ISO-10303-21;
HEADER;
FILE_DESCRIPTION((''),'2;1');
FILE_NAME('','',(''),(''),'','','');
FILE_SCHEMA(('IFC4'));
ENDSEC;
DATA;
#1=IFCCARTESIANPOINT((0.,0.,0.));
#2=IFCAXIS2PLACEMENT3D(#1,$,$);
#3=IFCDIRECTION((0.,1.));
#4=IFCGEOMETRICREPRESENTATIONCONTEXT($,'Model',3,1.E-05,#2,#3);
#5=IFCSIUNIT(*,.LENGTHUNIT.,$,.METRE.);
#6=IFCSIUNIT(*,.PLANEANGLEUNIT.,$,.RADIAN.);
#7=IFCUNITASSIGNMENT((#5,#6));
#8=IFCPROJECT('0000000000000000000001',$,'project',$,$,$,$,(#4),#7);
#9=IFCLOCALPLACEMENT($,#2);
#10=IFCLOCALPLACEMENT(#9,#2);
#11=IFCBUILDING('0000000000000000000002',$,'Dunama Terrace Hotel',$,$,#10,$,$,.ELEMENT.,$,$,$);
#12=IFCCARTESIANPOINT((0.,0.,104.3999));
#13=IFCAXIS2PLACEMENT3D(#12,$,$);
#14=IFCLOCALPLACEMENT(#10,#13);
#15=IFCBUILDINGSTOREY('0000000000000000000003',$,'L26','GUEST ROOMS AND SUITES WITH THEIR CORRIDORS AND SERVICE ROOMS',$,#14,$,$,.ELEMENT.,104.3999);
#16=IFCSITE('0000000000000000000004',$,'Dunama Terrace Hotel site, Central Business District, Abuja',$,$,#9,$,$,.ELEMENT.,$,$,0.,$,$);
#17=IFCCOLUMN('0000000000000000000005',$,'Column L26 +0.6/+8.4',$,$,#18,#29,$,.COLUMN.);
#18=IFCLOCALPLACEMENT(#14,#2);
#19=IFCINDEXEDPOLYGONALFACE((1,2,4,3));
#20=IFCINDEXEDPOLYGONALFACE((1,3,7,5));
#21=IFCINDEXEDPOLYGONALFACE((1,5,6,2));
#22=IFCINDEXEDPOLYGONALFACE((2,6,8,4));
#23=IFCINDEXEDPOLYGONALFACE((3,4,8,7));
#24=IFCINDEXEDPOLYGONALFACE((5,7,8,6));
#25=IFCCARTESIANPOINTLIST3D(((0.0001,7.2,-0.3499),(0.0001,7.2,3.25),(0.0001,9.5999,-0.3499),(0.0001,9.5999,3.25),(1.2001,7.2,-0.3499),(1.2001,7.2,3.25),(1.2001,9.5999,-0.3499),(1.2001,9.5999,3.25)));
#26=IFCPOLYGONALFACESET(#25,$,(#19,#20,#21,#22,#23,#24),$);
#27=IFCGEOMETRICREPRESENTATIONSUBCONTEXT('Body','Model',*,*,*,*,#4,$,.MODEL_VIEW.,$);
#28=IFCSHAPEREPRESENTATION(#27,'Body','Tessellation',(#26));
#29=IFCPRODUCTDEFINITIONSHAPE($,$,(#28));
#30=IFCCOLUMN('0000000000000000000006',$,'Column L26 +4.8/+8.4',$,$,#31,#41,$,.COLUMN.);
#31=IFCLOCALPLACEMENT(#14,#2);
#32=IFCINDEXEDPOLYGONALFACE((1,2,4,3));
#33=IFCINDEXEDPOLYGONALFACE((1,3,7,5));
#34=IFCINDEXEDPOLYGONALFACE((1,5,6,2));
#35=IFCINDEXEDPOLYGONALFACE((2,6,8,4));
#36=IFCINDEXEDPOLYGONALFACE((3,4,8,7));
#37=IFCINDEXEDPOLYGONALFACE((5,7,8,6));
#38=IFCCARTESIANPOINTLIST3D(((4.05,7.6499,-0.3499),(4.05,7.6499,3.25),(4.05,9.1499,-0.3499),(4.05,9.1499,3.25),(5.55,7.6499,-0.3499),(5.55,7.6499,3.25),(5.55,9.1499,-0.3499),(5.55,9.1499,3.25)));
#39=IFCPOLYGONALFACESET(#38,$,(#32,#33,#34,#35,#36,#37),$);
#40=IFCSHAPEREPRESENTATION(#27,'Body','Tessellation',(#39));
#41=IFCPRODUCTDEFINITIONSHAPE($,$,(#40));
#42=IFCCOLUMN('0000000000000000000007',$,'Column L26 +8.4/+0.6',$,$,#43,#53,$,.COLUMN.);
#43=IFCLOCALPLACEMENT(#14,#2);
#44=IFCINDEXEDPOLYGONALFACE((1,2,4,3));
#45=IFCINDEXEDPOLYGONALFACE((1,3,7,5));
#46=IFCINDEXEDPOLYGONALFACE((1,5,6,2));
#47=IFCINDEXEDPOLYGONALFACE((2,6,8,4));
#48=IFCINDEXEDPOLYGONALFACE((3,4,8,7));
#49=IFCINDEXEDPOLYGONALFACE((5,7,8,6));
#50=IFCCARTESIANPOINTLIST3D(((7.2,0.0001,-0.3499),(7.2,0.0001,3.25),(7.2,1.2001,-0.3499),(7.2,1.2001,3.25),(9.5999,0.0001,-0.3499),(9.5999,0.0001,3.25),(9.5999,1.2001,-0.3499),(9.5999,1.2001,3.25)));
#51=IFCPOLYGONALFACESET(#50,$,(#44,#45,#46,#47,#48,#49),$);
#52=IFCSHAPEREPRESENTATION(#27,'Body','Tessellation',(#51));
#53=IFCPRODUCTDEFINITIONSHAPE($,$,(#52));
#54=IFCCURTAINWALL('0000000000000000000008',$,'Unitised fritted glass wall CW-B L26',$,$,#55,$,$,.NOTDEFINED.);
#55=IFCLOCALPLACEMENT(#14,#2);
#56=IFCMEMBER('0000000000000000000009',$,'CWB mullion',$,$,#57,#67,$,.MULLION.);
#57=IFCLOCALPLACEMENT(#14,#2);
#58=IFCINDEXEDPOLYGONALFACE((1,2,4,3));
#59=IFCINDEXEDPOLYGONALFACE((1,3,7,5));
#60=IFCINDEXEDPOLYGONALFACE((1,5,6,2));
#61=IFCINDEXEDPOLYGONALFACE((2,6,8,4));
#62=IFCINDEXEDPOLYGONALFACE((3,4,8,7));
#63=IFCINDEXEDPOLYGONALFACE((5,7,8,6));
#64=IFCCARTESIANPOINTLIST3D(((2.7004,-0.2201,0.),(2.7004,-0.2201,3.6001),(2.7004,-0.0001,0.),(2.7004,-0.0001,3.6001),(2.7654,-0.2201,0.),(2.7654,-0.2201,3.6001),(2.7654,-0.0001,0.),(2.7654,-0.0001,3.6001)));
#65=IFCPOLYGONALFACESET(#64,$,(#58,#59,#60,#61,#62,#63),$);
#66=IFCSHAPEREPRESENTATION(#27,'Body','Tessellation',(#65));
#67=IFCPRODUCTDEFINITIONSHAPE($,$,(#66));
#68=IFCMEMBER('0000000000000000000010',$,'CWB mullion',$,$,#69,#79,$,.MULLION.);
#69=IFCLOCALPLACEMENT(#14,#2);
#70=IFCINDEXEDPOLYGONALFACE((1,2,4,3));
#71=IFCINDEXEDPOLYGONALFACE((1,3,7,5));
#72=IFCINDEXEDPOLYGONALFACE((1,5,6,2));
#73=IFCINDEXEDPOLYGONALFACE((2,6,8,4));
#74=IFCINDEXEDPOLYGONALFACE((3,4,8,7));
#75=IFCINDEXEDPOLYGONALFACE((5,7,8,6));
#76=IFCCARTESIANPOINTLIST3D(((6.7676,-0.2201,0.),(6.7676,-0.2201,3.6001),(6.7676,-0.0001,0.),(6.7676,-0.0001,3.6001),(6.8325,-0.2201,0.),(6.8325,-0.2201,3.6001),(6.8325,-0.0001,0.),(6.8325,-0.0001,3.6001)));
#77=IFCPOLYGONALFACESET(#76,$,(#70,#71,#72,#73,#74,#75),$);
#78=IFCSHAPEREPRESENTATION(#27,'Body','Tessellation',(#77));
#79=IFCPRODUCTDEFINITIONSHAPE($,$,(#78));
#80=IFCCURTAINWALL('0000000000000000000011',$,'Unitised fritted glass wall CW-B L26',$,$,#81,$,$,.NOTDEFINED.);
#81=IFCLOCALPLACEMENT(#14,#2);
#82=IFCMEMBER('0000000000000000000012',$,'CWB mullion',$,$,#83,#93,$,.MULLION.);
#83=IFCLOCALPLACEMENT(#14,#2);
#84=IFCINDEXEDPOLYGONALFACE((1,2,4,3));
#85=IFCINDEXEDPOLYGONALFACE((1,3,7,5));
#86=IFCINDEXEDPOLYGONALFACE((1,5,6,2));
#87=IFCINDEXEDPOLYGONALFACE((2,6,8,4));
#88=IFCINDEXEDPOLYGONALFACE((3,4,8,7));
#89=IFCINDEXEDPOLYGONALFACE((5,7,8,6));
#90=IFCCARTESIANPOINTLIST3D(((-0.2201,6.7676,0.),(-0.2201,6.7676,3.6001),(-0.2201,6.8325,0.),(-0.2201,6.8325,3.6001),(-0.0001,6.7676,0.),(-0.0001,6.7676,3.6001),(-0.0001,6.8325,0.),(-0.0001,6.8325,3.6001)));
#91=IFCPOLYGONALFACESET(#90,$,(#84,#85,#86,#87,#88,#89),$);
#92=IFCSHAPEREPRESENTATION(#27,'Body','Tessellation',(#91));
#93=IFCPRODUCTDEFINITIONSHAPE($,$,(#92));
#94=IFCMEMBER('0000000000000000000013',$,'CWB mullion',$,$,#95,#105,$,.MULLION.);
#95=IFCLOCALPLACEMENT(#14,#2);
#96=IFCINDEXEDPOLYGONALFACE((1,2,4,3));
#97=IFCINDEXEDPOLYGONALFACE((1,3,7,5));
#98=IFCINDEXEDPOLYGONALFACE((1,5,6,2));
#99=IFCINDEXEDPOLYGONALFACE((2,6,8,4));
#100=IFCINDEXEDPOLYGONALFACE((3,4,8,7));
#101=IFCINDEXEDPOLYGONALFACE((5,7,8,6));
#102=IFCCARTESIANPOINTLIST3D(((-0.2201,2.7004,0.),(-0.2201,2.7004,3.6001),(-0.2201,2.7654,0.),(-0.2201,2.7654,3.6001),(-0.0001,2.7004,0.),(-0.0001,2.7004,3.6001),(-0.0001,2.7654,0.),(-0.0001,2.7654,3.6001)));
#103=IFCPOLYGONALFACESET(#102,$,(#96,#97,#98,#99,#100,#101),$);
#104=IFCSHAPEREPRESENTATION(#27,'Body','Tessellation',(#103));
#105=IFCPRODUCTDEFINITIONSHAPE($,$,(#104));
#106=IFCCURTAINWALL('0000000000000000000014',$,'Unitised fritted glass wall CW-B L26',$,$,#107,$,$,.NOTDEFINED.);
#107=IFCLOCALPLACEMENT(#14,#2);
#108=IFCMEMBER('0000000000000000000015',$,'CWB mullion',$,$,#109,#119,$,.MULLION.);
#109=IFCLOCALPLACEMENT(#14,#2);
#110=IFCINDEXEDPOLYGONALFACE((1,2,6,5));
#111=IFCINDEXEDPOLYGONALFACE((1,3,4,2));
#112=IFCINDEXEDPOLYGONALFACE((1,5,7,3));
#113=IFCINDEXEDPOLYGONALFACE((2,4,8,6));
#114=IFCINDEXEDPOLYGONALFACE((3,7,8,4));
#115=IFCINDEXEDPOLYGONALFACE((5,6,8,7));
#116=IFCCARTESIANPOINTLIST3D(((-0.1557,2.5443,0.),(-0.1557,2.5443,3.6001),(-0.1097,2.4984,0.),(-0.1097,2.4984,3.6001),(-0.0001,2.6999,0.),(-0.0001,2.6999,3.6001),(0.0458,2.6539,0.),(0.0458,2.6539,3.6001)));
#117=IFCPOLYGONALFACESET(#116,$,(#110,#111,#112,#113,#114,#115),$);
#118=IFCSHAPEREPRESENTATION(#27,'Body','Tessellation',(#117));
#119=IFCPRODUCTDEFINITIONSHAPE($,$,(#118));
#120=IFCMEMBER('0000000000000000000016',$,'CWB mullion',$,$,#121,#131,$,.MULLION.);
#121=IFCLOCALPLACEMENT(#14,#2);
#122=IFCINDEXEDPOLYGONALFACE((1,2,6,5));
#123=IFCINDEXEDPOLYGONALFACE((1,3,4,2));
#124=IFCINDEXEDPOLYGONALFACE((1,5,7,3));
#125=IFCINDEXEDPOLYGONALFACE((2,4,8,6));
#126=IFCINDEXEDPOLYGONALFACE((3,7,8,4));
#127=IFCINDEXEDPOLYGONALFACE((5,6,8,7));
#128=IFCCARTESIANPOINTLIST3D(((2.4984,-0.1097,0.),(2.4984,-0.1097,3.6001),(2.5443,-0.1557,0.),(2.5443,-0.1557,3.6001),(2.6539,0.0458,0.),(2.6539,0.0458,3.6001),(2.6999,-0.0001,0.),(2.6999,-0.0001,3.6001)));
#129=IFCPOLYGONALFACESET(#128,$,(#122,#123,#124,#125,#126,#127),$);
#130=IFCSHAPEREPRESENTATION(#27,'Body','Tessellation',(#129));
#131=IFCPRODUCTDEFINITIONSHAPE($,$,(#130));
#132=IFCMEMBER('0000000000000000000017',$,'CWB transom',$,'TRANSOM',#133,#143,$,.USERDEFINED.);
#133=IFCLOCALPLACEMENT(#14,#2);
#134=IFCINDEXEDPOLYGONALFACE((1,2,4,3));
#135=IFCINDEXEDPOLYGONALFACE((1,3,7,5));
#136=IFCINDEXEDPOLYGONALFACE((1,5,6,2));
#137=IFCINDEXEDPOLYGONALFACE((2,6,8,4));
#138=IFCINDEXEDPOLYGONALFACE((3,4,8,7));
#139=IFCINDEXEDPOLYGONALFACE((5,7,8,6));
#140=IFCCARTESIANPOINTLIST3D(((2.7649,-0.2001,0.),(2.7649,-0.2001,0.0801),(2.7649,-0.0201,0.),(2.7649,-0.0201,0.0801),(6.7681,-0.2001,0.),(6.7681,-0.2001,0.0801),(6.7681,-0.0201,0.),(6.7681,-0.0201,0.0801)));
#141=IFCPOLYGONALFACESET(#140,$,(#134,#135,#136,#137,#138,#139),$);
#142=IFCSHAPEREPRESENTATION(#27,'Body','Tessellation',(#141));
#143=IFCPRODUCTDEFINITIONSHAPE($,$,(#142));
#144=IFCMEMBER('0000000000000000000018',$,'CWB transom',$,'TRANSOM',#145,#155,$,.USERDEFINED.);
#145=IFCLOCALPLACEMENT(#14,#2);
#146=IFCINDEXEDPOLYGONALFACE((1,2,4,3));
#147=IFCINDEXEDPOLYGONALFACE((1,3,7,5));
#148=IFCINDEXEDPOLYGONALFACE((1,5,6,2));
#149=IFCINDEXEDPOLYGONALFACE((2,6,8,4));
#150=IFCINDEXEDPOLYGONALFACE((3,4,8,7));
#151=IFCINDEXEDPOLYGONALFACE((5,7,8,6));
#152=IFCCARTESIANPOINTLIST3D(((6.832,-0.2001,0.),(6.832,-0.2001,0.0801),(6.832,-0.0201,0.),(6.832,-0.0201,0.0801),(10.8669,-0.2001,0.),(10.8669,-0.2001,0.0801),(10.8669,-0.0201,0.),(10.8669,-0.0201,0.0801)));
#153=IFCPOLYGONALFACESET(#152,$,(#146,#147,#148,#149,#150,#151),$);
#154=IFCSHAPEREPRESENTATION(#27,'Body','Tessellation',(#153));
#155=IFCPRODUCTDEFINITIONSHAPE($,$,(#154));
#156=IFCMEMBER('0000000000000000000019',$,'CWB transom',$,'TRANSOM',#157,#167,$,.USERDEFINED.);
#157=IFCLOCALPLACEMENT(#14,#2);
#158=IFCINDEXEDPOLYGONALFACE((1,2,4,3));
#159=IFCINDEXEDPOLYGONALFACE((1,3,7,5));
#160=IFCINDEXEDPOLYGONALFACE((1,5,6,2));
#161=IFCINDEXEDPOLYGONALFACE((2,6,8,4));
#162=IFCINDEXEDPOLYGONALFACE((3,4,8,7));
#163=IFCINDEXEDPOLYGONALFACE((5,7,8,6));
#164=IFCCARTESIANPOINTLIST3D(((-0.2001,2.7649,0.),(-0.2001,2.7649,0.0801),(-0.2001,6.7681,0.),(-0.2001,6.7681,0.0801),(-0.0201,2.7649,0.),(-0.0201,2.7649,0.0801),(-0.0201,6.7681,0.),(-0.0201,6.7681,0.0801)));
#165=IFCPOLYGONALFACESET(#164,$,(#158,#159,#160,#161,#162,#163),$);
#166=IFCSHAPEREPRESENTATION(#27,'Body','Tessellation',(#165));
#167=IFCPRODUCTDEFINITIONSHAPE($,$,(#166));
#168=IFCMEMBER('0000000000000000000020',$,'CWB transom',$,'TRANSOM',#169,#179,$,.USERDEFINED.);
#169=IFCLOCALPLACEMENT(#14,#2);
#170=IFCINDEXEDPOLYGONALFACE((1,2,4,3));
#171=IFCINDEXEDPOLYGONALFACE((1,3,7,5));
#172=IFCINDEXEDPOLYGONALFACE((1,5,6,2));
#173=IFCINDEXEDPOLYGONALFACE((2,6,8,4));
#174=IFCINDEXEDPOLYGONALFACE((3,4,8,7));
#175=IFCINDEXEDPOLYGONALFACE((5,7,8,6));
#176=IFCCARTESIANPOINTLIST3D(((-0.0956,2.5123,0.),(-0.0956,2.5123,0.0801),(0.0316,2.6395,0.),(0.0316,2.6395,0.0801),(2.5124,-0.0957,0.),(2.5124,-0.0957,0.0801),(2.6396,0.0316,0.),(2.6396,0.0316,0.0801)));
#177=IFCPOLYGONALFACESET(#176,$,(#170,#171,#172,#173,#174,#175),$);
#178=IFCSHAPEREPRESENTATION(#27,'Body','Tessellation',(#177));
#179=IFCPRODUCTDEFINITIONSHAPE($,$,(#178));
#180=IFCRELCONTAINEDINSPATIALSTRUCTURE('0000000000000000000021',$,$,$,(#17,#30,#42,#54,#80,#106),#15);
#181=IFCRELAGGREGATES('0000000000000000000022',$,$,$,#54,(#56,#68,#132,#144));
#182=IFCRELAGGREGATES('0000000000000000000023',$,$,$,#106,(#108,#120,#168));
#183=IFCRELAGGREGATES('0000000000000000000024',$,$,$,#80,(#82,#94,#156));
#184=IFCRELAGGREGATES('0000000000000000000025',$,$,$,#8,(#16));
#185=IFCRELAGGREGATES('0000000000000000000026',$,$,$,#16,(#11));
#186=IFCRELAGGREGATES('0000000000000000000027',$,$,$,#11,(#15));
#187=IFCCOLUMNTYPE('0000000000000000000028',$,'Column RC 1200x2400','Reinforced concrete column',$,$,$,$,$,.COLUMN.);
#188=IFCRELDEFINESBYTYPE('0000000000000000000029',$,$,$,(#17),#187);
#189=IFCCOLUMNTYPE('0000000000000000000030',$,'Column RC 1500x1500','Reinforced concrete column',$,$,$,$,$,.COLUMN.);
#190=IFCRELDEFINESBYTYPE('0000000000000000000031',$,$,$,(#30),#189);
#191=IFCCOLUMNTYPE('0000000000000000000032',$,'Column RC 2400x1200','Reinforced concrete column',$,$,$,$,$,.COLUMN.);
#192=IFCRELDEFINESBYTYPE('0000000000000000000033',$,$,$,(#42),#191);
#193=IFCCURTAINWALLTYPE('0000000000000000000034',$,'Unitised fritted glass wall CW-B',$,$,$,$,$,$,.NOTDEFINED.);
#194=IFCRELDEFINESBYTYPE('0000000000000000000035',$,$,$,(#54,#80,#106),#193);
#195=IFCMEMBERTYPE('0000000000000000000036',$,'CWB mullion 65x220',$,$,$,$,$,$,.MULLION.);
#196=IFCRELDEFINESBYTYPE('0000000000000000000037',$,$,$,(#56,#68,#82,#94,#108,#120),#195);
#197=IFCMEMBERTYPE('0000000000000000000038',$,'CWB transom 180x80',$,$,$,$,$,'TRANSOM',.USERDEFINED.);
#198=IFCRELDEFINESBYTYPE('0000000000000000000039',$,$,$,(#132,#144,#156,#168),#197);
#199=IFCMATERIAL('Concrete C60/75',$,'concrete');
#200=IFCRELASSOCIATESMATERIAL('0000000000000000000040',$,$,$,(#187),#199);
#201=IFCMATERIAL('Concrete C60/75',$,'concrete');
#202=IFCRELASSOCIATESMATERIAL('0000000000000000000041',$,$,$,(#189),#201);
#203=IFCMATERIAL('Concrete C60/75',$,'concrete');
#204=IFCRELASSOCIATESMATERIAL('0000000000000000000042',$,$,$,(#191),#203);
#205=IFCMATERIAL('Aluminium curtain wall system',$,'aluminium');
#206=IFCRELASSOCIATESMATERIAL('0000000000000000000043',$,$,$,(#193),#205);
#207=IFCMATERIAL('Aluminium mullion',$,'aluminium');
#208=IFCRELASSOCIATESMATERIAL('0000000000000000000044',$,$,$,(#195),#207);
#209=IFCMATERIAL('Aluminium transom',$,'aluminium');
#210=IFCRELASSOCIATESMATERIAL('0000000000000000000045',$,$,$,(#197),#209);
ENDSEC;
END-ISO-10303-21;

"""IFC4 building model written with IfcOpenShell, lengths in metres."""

from ifc_helpers import new_model, si_unit, direction, frame, origin, origin_2d, place, context, subcontext, project, spatial, rectangle, extrude, material, material_profile, profile_set, type_object, element, aggregate, save


model = new_model("IFC4")

# Units and contexts
model_context = context("Model", 3, precision=1e-05, world=origin(), true_north=direction((0.0, 1.0)))
body_context = subcontext(model_context, "Body", "Model", "MODEL_VIEW")
ifc_project = project(units=[si_unit("LENGTHUNIT", "METRE"), si_unit("PLANEANGLEUNIT", "RADIAN")], contexts=[model_context])

# Site, building, storey
site_placement = place(None, origin())
site = spatial("IfcSite", under=ifc_project, at=site_placement, Name="Dunama Terrace Hotel site, Central Business District, Abuja", CompositionType="ELEMENT", RefElevation=0.0)
building_placement = place(site_placement, origin())
building = spatial("IfcBuilding", under=site, at=building_placement, Name="Dunama Terrace Hotel", CompositionType="ELEMENT")
storey_placement = place(building_placement, frame((0.0, 0.0, 104.3999)))
storey = spatial("IfcBuildingStorey", under=building, at=storey_placement, Name="L26", Description="GUEST ROOMS AND SUITES WITH THEIR CORRIDORS AND SERVICE ROOMS", CompositionType="ELEMENT", Elevation=104.3999)

# Columns
ifc_material_1 = material(Name="Concrete C60/75", Category="concrete")
ifc_material_profile_1 = material_profile(ifc_material_1, rectangle(XDim=1.2, YDim=2.3999, at=origin_2d()), Name="RC 1200x2400")
ifc_profile_set_1 = profile_set([ifc_material_profile_1], Name="Concrete C60/75")
column_type_1 = type_object("IfcColumnType", Name="Column RC 1200x2400", Description="Reinforced concrete column", PredefinedType="COLUMN", material=ifc_profile_set_1)
column_1_placement = place(storey_placement, frame((0.6001, 8.3999, -0.3499), z_axis=(0.0, 0.0, 1.0), x_axis=(1.0, 0.0, 0.0)))
element("IfcColumn", 1, at=column_1_placement, inside=storey, type_object=column_type_1, Name="Column L26 +0.6/+8.4", PredefinedType="COLUMN", context=body_context, shape_type="SweptSolid", body=[
    extrude(rectangle(XDim=1.2, YDim=2.3999, at=origin_2d()), origin(), (0.0, 0.0, 1.0), 3.5999),
])
ifc_material_2 = material(Name="Concrete C60/75", Category="concrete")
ifc_material_profile_2 = material_profile(ifc_material_2, rectangle(XDim=1.5, YDim=1.5, at=origin_2d()), Name="RC 1500x1500")
ifc_profile_set_2 = profile_set([ifc_material_profile_2], Name="Concrete C60/75")
column_type_2 = type_object("IfcColumnType", Name="Column RC 1500x1500", Description="Reinforced concrete column", PredefinedType="COLUMN", material=ifc_profile_set_2)
column_2_placement = place(storey_placement, frame((4.8, 8.3999, -0.3499), z_axis=(0.0, 0.0, 1.0), x_axis=(1.0, 0.0, 0.0)))
element("IfcColumn", 2, at=column_2_placement, inside=storey, type_object=column_type_2, Name="Column L26 +4.8/+8.4", PredefinedType="COLUMN", context=body_context, shape_type="SweptSolid", body=[
    extrude(rectangle(XDim=1.5, YDim=1.5, at=origin_2d()), origin(), (0.0, 0.0, 1.0), 3.5999),
])
ifc_material_3 = material(Name="Concrete C60/75", Category="concrete")
ifc_material_profile_3 = material_profile(ifc_material_3, rectangle(XDim=2.3999, YDim=1.2, at=origin_2d()), Name="RC 2400x1200")
ifc_profile_set_3 = profile_set([ifc_material_profile_3], Name="Concrete C60/75")
column_type_3 = type_object("IfcColumnType", Name="Column RC 2400x1200", Description="Reinforced concrete column", PredefinedType="COLUMN", material=ifc_profile_set_3)
column_3_placement = place(storey_placement, frame((8.3999, 0.6001, -0.3499), z_axis=(0.0, 0.0, 1.0), x_axis=(1.0, 0.0, 0.0)))
element("IfcColumn", 3, at=column_3_placement, inside=storey, type_object=column_type_3, Name="Column L26 +8.4/+0.6", PredefinedType="COLUMN", context=body_context, shape_type="SweptSolid", body=[
    extrude(rectangle(XDim=2.3999, YDim=1.2, at=origin_2d()), origin(), (0.0, 0.0, 1.0), 3.5999),
])

# Curtain walls, members
ifc_material_4 = material(Name="Aluminium curtain wall system", Category="aluminium")
curtain_wall_type = type_object("IfcCurtainWallType", Name="Unitised fritted glass wall CW-B", PredefinedType="NOTDEFINED", material=ifc_material_4)
curtain_wall_1_placement = place(storey_placement, origin())
curtain_wall_1 = element("IfcCurtainWall", 4, at=curtain_wall_1_placement, inside=storey, type_object=curtain_wall_type, Name="Unitised fritted glass wall CW-B L26", PredefinedType="NOTDEFINED")
ifc_material_5 = material(Name="Aluminium mullion", Category="aluminium")
ifc_material_profile_4 = material_profile(ifc_material_5, rectangle(XDim=0.0649, YDim=0.22, at=origin_2d()), Name="CWB MULLION 65X220")
ifc_profile_set_4 = profile_set([ifc_material_profile_4], Name="Aluminium mullion")
member_type_1 = type_object("IfcMemberType", Name="CWB mullion 65x220", PredefinedType="MULLION", material=ifc_profile_set_4)
member_1_placement = place(storey_placement, frame((2.7329, -0.1101, 0.0), z_axis=(0.0, 0.0, 1.0), x_axis=(1.0, 0.0, 0.0)))
member_1 = element("IfcMember", 5, at=member_1_placement, type_object=member_type_1, Name="CWB mullion", PredefinedType="MULLION", context=body_context, shape_type="SweptSolid", body=[
    extrude(rectangle(XDim=0.0649, YDim=0.22, at=origin_2d()), origin(), (0.0, 0.0, 1.0), 3.6001),
])
member_2_placement = place(storey_placement, frame((6.8, -0.1101, 0.0), z_axis=(0.0, 0.0, 1.0), x_axis=(1.0, 0.0, 0.0)))
member_2 = element("IfcMember", 6, at=member_2_placement, type_object=member_type_1, Name="CWB mullion", PredefinedType="MULLION", context=body_context, shape_type="SweptSolid", body=[
    extrude(rectangle(XDim=0.0649, YDim=0.22, at=origin_2d()), origin(), (0.0, 0.0, 1.0), 3.6001),
])
curtain_wall_2_placement = place(storey_placement, origin())
curtain_wall_2 = element("IfcCurtainWall", 7, at=curtain_wall_2_placement, inside=storey, type_object=curtain_wall_type, Name="Unitised fritted glass wall CW-B L26", PredefinedType="NOTDEFINED")
member_3_placement = place(storey_placement, frame((-0.1101, 6.8, 0.0), z_axis=(0.0, 0.0, 1.0), x_axis=(0.0, -1.0, 0.0)))
member_3 = element("IfcMember", 8, at=member_3_placement, type_object=member_type_1, Name="CWB mullion", PredefinedType="MULLION", context=body_context, shape_type="SweptSolid", body=[
    extrude(rectangle(XDim=0.0649, YDim=0.22, at=origin_2d()), origin(), (0.0, 0.0, 1.0), 3.6001),
])
member_4_placement = place(storey_placement, frame((-0.1101, 2.7329, 0.0), z_axis=(0.0, 0.0, 1.0), x_axis=(0.0, -1.0, 0.0)))
member_4 = element("IfcMember", 9, at=member_4_placement, type_object=member_type_1, Name="CWB mullion", PredefinedType="MULLION", context=body_context, shape_type="SweptSolid", body=[
    extrude(rectangle(XDim=0.0649, YDim=0.22, at=origin_2d()), origin(), (0.0, 0.0, 1.0), 3.6001),
])
curtain_wall_3_placement = place(storey_placement, origin())
curtain_wall_3 = element("IfcCurtainWall", 10, at=curtain_wall_3_placement, inside=storey, type_object=curtain_wall_type, Name="Unitised fritted glass wall CW-B L26", PredefinedType="NOTDEFINED")
member_5_placement = place(storey_placement, frame((-0.0549, 2.5991, 0.0), z_axis=(0.0, 0.0, 1.0), x_axis=(0.707107, -0.707107, 0.0)))
member_5 = element("IfcMember", 11, at=member_5_placement, type_object=member_type_1, Name="CWB mullion", PredefinedType="MULLION", context=body_context, shape_type="SweptSolid", body=[
    extrude(rectangle(XDim=0.0649, YDim=0.22, at=origin_2d()), origin(), (0.0, 0.0, 1.0), 3.6001),
])
member_6_placement = place(storey_placement, frame((2.5991, -0.0549, 0.0), z_axis=(0.0, 0.0, 1.0), x_axis=(0.707107, -0.707107, 0.0)))
member_6 = element("IfcMember", 12, at=member_6_placement, type_object=member_type_1, Name="CWB mullion", PredefinedType="MULLION", context=body_context, shape_type="SweptSolid", body=[
    extrude(rectangle(XDim=0.0649, YDim=0.22, at=origin_2d()), origin(), (0.0, 0.0, 1.0), 3.6001),
])

# Members
ifc_material_6 = material(Name="Aluminium transom", Category="aluminium")
ifc_material_profile_5 = material_profile(ifc_material_6, rectangle(XDim=0.1799, YDim=0.0801, at=origin_2d()), Name="CWB TRANSOM 180X80")
ifc_profile_set_5 = profile_set([ifc_material_profile_5], Name="Aluminium transom")
member_type_2 = type_object("IfcMemberType", Name="CWB transom 180x80", ElementType="TRANSOM", PredefinedType="USERDEFINED", material=ifc_profile_set_5)
member_7_placement = place(storey_placement, frame((2.7649, -0.1101, 0.04), z_axis=(1.0, 0.0, 0.0), x_axis=(0.0, 1.0, 0.0)))
member_7 = element("IfcMember", 13, at=member_7_placement, type_object=member_type_2, Name="CWB transom", ObjectType="TRANSOM", PredefinedType="USERDEFINED", context=body_context, shape_type="SweptSolid", body=[
    extrude(rectangle(XDim=0.1799, YDim=0.0801, at=origin_2d()), origin(), (0.0, 0.0, 1.0), 4.0032),
])
member_8_placement = place(storey_placement, frame((6.832, -0.1101, 0.04), z_axis=(1.0, 0.0, 0.0), x_axis=(0.0, 1.0, 0.0)))
member_8 = element("IfcMember", 14, at=member_8_placement, type_object=member_type_2, Name="CWB transom", ObjectType="TRANSOM", PredefinedType="USERDEFINED", context=body_context, shape_type="SweptSolid", body=[
    extrude(rectangle(XDim=0.1799, YDim=0.0801, at=origin_2d()), origin(), (0.0, 0.0, 1.0), 4.0349),
])
member_9_placement = place(storey_placement, frame((-0.1101, 6.7681, 0.04), z_axis=(0.0, -1.0, 0.0), x_axis=(1.0, 0.0, 0.0)))
member_9 = element("IfcMember", 15, at=member_9_placement, type_object=member_type_2, Name="CWB transom", ObjectType="TRANSOM", PredefinedType="USERDEFINED", context=body_context, shape_type="SweptSolid", body=[
    extrude(rectangle(XDim=0.1799, YDim=0.0801, at=origin_2d()), origin(), (0.0, 0.0, 1.0), 4.0032),
])
member_10_placement = place(storey_placement, frame((-0.032, 2.5759, 0.04), z_axis=(0.707107, -0.707107, 0.0), x_axis=(0.707107, 0.707107, 0.0)))
member_10 = element("IfcMember", 16, at=member_10_placement, type_object=member_type_2, Name="CWB transom", ObjectType="TRANSOM", PredefinedType="USERDEFINED", context=body_context, shape_type="SweptSolid", body=[
    extrude(rectangle(XDim=0.1799, YDim=0.0801, at=origin_2d()), origin(), (0.0, 0.0, 1.0), 3.6882),
])

aggregate(curtain_wall_1, [member_1, member_2, member_7, member_8])
aggregate(curtain_wall_3, [member_5, member_6, member_10])
aggregate(curtain_wall_2, [member_3, member_4, member_9])

save(model, "model.ifc")
